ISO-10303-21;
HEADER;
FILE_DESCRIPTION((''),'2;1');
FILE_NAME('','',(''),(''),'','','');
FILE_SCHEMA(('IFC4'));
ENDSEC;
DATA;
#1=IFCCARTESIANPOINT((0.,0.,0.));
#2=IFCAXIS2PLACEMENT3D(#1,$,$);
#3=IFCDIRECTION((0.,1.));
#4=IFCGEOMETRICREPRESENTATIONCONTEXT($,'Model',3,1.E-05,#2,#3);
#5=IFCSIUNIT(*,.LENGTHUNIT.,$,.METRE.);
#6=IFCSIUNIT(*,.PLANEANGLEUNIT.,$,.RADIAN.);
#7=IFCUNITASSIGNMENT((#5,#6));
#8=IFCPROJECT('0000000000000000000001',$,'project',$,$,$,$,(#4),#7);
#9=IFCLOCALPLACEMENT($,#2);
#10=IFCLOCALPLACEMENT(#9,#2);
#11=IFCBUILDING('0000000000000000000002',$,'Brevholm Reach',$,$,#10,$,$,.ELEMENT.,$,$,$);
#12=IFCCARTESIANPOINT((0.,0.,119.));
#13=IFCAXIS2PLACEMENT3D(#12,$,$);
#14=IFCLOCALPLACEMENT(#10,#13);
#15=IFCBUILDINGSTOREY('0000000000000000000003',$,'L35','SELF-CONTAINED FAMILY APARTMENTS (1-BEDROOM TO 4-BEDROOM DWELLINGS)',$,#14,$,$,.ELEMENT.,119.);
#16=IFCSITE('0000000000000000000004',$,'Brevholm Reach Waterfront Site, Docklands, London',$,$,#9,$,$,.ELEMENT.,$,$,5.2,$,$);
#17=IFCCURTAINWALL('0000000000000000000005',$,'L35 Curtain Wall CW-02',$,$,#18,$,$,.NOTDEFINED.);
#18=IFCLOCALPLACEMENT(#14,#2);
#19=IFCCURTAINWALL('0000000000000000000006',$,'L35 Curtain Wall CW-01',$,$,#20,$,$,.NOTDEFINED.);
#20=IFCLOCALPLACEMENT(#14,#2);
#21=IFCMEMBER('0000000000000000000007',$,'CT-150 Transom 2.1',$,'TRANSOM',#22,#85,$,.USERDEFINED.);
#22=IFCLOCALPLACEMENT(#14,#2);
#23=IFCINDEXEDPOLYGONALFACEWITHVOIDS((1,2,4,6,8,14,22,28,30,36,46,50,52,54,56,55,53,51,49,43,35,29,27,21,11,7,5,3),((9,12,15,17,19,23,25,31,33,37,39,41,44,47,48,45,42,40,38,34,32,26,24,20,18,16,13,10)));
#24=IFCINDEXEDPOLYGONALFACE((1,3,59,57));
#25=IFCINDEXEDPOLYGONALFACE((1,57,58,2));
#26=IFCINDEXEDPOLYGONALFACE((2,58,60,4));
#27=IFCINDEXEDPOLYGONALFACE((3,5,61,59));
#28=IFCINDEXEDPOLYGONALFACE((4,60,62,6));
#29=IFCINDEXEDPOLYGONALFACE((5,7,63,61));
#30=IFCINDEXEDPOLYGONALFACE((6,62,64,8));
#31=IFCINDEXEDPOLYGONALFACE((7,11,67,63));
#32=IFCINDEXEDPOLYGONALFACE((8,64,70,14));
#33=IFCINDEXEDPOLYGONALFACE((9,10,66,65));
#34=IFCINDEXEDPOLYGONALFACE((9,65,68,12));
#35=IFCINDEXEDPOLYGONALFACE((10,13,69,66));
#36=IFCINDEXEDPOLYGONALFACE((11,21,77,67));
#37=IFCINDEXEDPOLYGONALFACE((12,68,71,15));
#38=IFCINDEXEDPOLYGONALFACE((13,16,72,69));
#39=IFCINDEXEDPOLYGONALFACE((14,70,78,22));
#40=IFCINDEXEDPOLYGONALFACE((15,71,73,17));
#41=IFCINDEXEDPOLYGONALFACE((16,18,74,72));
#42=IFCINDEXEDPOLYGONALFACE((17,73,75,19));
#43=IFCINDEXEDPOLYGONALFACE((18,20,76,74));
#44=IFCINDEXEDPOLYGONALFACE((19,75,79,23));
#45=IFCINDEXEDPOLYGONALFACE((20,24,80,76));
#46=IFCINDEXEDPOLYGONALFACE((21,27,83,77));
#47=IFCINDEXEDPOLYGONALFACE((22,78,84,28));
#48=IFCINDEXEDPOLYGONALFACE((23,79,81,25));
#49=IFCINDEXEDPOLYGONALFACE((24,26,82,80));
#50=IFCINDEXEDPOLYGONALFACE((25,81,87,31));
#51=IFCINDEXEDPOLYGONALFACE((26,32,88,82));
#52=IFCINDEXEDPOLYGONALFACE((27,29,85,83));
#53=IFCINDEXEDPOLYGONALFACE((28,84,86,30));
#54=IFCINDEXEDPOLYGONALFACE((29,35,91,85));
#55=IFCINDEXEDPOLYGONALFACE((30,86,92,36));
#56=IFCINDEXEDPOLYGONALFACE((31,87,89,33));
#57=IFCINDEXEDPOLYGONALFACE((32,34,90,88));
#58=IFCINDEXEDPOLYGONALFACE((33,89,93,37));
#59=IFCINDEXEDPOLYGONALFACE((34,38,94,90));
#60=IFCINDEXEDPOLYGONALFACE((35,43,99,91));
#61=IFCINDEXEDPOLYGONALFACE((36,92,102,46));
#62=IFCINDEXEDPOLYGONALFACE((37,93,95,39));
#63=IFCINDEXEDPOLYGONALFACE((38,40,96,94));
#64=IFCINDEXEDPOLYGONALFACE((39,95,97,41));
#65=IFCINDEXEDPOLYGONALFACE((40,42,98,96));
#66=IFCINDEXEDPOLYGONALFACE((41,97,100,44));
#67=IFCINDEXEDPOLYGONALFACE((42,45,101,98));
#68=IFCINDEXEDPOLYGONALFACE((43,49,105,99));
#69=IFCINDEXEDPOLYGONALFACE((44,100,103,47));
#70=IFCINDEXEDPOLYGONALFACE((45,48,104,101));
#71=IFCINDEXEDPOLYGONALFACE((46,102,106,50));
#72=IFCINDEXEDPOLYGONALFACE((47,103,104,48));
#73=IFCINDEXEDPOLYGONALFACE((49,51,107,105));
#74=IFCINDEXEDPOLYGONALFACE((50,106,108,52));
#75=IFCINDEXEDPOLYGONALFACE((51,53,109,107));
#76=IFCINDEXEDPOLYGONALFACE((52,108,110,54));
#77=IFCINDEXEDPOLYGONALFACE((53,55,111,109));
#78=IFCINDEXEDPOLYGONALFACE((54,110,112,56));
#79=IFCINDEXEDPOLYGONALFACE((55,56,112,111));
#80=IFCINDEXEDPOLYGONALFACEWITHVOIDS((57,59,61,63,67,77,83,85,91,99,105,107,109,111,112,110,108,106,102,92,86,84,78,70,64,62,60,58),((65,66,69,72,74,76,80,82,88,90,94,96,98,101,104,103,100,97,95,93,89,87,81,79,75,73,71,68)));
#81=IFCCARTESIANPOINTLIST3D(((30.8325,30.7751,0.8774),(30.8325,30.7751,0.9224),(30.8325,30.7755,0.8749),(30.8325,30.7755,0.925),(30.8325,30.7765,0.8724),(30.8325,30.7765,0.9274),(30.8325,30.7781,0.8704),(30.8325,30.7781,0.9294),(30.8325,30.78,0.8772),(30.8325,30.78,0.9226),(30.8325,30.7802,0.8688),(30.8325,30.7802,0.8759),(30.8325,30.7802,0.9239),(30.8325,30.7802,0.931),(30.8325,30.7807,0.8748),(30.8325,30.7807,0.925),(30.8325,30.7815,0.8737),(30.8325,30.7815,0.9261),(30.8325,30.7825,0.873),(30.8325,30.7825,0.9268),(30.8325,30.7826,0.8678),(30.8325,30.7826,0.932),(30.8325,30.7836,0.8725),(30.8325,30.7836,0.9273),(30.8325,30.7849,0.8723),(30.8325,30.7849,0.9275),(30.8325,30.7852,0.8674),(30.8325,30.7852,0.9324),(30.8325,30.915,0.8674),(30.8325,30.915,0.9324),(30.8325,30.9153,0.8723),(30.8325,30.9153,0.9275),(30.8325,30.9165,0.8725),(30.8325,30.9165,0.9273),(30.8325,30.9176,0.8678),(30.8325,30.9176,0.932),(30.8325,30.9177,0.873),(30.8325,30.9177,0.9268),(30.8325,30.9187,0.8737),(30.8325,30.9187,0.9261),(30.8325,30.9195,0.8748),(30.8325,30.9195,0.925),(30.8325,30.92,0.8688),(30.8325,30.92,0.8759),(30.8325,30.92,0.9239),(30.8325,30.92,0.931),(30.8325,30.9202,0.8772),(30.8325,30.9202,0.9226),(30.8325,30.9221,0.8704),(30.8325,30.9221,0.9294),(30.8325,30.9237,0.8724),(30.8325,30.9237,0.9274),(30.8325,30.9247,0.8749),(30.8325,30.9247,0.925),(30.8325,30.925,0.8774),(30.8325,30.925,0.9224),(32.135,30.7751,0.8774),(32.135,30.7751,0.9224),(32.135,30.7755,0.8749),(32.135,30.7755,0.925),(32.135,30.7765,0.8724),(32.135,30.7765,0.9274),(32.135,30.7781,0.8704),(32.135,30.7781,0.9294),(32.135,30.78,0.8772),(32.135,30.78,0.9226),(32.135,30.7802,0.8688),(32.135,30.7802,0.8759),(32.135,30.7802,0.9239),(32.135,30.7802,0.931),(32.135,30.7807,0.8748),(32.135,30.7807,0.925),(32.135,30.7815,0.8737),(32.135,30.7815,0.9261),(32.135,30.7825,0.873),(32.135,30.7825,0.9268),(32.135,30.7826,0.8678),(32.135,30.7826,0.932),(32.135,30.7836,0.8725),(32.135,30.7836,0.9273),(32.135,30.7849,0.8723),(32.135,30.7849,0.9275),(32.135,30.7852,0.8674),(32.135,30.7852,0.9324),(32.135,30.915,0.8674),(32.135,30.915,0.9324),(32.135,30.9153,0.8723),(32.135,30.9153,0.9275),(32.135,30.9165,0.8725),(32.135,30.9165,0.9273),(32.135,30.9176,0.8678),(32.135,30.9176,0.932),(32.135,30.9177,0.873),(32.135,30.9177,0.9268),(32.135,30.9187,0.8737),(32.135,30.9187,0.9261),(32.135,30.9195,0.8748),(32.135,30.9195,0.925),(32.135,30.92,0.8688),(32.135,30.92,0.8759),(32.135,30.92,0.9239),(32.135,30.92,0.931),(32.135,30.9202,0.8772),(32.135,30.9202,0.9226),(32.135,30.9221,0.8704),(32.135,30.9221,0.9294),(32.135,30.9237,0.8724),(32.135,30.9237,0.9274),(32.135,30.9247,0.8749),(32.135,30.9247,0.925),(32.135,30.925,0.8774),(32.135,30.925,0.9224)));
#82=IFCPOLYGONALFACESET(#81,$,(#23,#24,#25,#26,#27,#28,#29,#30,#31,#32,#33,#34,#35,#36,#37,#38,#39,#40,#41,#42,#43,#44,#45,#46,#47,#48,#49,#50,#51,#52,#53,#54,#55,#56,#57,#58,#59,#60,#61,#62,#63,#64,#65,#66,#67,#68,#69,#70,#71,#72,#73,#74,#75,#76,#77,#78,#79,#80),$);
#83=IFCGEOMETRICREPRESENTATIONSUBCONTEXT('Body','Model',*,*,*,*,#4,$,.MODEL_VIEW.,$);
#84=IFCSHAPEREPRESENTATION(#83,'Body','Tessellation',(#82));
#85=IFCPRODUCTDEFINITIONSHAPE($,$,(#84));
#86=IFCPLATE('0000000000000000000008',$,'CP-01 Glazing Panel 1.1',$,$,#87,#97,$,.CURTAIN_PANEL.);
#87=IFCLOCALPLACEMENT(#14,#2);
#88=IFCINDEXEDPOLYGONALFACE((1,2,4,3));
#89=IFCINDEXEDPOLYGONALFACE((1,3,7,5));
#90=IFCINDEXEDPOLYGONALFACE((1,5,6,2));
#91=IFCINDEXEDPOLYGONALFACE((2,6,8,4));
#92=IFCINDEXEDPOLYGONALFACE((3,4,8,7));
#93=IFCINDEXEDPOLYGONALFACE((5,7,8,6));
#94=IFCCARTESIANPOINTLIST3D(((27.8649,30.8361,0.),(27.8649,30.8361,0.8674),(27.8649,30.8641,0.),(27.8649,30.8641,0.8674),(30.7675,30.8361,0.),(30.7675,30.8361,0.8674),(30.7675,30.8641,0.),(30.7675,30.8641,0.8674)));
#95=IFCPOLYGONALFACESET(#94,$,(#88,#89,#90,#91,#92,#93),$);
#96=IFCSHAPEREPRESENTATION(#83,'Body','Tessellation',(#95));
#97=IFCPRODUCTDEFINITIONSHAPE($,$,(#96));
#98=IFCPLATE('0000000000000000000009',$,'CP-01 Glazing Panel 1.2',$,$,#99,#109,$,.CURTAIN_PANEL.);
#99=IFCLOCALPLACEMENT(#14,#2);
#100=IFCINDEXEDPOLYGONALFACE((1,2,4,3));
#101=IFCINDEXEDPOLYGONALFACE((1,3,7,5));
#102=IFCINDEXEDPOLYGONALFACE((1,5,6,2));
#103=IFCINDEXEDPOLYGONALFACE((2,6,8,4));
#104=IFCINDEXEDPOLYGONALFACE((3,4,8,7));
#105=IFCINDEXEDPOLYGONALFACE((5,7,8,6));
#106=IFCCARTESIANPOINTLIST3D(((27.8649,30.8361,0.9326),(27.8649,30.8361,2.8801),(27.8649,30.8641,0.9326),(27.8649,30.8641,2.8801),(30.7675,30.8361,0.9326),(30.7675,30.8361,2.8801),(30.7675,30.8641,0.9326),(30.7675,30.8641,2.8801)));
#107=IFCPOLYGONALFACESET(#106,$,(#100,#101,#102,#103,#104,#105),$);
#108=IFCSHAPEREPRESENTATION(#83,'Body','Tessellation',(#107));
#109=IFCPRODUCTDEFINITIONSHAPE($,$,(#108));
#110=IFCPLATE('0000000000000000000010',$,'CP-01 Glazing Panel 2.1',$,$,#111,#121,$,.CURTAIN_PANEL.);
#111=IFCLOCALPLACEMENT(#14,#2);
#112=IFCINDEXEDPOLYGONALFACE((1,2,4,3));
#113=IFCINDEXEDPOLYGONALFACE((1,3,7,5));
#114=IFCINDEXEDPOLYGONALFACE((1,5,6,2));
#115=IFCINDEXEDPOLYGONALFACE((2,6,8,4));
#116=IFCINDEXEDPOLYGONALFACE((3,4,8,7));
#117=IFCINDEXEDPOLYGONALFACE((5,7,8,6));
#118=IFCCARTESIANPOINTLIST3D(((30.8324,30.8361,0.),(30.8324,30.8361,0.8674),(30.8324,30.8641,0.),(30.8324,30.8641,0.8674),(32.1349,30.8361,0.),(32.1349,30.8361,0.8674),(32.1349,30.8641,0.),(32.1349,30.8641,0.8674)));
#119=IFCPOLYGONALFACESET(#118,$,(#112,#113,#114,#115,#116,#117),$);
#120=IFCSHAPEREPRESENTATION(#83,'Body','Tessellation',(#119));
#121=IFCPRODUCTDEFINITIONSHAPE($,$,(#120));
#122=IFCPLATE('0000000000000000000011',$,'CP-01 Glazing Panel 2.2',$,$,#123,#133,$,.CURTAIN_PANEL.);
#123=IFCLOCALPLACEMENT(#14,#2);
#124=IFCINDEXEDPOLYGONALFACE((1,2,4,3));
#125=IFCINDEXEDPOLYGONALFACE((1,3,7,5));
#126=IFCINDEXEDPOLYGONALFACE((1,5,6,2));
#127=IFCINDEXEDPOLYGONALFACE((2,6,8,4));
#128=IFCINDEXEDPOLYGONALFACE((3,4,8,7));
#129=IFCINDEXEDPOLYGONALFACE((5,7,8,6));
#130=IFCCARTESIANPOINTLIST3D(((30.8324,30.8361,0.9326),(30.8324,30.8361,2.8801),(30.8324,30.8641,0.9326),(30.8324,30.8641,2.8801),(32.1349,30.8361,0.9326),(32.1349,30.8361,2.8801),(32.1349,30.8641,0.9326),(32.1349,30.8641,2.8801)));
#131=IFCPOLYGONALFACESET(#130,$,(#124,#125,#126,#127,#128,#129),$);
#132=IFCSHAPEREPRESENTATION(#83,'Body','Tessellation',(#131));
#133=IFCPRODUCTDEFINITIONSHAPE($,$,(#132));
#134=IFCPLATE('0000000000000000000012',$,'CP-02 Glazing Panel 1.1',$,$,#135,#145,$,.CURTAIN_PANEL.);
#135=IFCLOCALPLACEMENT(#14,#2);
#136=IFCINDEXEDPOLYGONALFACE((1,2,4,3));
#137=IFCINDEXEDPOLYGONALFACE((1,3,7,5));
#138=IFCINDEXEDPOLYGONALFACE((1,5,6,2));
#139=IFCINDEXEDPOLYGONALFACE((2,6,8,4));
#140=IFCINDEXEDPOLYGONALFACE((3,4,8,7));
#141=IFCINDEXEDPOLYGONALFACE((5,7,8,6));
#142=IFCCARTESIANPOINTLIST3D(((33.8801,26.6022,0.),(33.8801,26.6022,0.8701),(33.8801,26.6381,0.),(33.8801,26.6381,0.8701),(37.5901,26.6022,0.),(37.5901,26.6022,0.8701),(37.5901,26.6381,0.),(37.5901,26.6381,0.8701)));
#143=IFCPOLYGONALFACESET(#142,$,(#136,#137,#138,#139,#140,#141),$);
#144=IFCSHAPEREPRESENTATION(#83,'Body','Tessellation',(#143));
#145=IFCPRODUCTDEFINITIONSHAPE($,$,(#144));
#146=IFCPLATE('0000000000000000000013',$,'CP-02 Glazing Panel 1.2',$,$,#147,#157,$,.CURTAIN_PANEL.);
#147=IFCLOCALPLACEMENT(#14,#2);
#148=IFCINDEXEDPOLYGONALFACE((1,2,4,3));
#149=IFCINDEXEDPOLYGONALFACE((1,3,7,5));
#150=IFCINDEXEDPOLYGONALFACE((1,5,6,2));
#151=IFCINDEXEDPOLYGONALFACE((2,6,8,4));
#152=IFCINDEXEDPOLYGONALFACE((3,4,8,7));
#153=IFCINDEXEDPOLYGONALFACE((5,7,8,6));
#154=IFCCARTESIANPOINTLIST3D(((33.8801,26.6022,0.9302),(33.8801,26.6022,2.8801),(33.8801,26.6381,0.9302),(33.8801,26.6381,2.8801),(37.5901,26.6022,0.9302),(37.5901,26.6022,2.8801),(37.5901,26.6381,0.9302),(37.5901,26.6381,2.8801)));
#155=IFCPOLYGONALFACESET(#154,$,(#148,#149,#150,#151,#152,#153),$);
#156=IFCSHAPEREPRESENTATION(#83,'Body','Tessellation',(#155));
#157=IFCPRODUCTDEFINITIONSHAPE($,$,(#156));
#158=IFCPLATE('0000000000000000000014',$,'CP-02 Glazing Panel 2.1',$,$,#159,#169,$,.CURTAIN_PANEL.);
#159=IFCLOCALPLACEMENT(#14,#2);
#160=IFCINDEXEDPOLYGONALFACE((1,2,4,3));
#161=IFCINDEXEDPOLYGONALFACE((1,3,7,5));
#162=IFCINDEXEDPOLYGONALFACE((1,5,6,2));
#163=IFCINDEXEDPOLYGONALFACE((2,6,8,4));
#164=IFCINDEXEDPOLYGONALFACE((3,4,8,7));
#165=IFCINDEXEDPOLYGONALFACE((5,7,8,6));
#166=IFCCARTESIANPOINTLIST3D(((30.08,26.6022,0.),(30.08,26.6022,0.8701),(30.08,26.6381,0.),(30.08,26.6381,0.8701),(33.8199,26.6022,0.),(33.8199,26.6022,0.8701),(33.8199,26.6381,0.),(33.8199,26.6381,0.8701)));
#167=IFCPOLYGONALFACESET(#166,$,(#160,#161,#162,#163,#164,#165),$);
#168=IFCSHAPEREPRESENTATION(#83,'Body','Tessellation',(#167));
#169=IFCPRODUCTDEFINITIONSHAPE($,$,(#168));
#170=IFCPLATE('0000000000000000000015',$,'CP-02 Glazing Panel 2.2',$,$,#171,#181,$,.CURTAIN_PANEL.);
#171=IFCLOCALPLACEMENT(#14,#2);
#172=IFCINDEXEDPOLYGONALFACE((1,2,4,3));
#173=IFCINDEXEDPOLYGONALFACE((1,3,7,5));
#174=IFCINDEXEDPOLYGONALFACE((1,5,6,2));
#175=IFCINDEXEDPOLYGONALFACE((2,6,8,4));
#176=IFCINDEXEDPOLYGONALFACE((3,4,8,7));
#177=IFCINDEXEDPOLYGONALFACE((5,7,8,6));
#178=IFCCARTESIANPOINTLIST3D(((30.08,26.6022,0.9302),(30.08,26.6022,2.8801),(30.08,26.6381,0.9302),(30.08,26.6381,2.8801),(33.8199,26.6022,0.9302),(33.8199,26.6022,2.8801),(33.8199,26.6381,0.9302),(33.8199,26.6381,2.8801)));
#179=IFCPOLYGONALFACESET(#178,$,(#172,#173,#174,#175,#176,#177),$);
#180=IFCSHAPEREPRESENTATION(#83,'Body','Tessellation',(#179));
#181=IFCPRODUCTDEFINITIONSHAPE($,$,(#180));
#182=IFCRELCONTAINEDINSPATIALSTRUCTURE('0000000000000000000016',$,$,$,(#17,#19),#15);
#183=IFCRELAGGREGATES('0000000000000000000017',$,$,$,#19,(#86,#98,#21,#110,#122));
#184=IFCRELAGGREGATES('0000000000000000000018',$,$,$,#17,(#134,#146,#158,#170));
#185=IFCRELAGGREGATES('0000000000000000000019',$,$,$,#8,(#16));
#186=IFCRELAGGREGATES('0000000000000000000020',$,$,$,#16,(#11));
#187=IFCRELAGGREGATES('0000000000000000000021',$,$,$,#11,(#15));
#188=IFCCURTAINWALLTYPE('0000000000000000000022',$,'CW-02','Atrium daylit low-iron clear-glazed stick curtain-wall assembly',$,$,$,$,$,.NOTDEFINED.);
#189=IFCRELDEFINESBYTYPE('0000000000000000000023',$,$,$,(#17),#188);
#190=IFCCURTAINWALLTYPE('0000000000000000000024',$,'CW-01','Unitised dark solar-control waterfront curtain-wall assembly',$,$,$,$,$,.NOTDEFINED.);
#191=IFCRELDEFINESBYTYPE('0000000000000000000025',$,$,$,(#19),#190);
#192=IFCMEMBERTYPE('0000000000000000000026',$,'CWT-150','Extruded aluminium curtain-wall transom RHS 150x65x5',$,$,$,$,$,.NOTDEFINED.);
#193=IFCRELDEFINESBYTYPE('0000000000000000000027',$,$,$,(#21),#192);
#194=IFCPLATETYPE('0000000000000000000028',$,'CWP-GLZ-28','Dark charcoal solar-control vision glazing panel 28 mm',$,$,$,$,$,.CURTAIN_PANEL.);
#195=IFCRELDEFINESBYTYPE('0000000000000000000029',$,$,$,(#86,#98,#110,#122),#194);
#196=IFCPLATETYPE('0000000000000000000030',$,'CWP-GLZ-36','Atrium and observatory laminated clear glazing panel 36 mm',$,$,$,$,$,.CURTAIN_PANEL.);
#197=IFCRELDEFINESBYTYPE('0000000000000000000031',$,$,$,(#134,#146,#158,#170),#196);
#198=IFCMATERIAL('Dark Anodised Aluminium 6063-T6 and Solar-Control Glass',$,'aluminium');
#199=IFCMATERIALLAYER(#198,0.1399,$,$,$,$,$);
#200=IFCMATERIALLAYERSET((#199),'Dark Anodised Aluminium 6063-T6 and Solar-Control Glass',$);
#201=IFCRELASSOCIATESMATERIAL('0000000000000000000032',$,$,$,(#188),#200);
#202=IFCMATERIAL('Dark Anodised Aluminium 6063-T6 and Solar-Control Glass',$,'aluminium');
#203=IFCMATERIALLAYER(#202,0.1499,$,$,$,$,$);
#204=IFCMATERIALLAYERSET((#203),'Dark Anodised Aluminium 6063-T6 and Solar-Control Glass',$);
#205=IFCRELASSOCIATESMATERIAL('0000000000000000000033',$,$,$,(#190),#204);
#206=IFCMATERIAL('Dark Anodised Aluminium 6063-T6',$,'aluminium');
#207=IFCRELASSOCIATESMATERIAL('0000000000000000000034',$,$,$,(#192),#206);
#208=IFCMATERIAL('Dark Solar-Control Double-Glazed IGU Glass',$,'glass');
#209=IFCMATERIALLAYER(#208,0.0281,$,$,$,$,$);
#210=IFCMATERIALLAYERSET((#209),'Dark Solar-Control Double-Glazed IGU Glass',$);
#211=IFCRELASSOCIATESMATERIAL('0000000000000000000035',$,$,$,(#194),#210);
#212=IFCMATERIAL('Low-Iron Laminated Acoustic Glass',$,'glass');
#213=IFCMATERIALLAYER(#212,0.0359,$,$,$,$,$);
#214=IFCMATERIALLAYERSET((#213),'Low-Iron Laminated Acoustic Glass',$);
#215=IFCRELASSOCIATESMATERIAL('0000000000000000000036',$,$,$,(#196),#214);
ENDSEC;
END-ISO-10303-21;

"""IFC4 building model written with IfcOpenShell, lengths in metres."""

from ifc_helpers import new_model, si_unit, direction, frame, origin, origin_2d, place, context, subcontext, project, spatial, rectangle, hollow_rectangle, extrude, material, layer, layer_set, material_profile, profile_set, type_object, element, aggregate, save


model = new_model("IFC4")

# Units and contexts
model_context = context("Model", 3, precision=1e-05, world=origin(), true_north=direction((0.0, 1.0)))
body_context = subcontext(model_context, "Body", "Model", "MODEL_VIEW")
ifc_project = project(units=[si_unit("LENGTHUNIT", "METRE"), si_unit("PLANEANGLEUNIT", "RADIAN")], contexts=[model_context])

# Site, building, storey
site_placement = place(None, origin())
site = spatial("IfcSite", under=ifc_project, at=site_placement, Name="Brevholm Reach Waterfront Site, Docklands, London", CompositionType="ELEMENT", RefElevation=5.2)
building_placement = place(site_placement, origin())
building = spatial("IfcBuilding", under=site, at=building_placement, Name="Brevholm Reach", CompositionType="ELEMENT")
storey_placement = place(building_placement, frame((0.0, 0.0, 119.0)))
storey = spatial("IfcBuildingStorey", under=building, at=storey_placement, Name="L35", Description="SELF-CONTAINED FAMILY APARTMENTS (1-BEDROOM TO 4-BEDROOM DWELLINGS)", CompositionType="ELEMENT", Elevation=119.0)

# Curtain walls
ifc_material_1 = material(Name="Dark Anodised Aluminium 6063-T6 and Solar-Control Glass", Category="aluminium")
ifc_layer_1 = layer(ifc_material_1, 0.1399)
ifc_layer_set_1 = layer_set([ifc_layer_1], Name="Dark Anodised Aluminium 6063-T6 and Solar-Control Glass")
curtain_wall_type_1 = type_object("IfcCurtainWallType", Name="CW-02", Description="Atrium daylit low-iron clear-glazed stick curtain-wall assembly", PredefinedType="NOTDEFINED", material=ifc_layer_set_1)
curtain_wall_1_placement = place(storey_placement, origin())
curtain_wall_1 = element("IfcCurtainWall", 1, at=curtain_wall_1_placement, inside=storey, type_object=curtain_wall_type_1, Name="L35 Curtain Wall CW-02", PredefinedType="NOTDEFINED")
ifc_material_2 = material(Name="Dark Anodised Aluminium 6063-T6 and Solar-Control Glass", Category="aluminium")
ifc_layer_2 = layer(ifc_material_2, 0.1499)
ifc_layer_set_2 = layer_set([ifc_layer_2], Name="Dark Anodised Aluminium 6063-T6 and Solar-Control Glass")
curtain_wall_type_2 = type_object("IfcCurtainWallType", Name="CW-01", Description="Unitised dark solar-control waterfront curtain-wall assembly", PredefinedType="NOTDEFINED", material=ifc_layer_set_2)
curtain_wall_2_placement = place(storey_placement, origin())
curtain_wall_2 = element("IfcCurtainWall", 2, at=curtain_wall_2_placement, inside=storey, type_object=curtain_wall_type_2, Name="L35 Curtain Wall CW-01", PredefinedType="NOTDEFINED")

# Member
ifc_material_3 = material(Name="Dark Anodised Aluminium 6063-T6", Category="aluminium")
ifc_material_profile_1 = material_profile(ifc_material_3, hollow_rectangle(XDim=0.0649, YDim=0.1499, WallThickness=0.0049, InnerFilletRadius=0.0049, OuterFilletRadius=0.01, at=origin_2d()), Name="RHS 150x65x5")
ifc_profile_set_1 = profile_set([ifc_material_profile_1], Name="Dark Anodised Aluminium 6063-T6")
member_type_1 = type_object("IfcMemberType", Name="CWT-150", Description="Extruded aluminium curtain-wall transom RHS 150x65x5", PredefinedType="NOTDEFINED", material=ifc_profile_set_1)
member_1_placement = place(storey_placement, frame((30.8325, 30.8501, 0.8999), z_axis=(1.0, 0.0, 0.0), x_axis=(0.0, 0.0, 1.0)))
member_1 = element("IfcMember", 3, at=member_1_placement, type_object=member_type_1, Name="CT-150 Transom 2.1", ObjectType="TRANSOM", PredefinedType="USERDEFINED", context=body_context, shape_type="SweptSolid", body=[
    extrude(hollow_rectangle(XDim=0.0649, YDim=0.1499, WallThickness=0.0049, InnerFilletRadius=0.0049, OuterFilletRadius=0.01, at=origin_2d()), origin(), (0.0, 0.0, 1.0), 1.3025),
])

# Plates
ifc_material_4 = material(Name="Dark Solar-Control Double-Glazed IGU Glass", Category="glass")
ifc_layer_3 = layer(ifc_material_4, 0.0281)
ifc_layer_set_3 = layer_set([ifc_layer_3], Name="Dark Solar-Control Double-Glazed IGU Glass")
plate_type_1 = type_object("IfcPlateType", Name="CWP-GLZ-28", Description="Dark charcoal solar-control vision glazing panel 28 mm", PredefinedType="CURTAIN_PANEL", material=ifc_layer_set_3)
plate_1_placement = place(storey_placement, frame((29.3162, 30.8501, 0.0), z_axis=(0.0, 0.0, 1.0), x_axis=(1.0, 0.0, 0.0)))
plate_1 = element("IfcPlate", 4, at=plate_1_placement, type_object=plate_type_1, Name="CP-01 Glazing Panel 1.1", PredefinedType="CURTAIN_PANEL", context=body_context, shape_type="SweptSolid", body=[
    extrude(rectangle(XDim=2.9026, YDim=0.0281, at=origin_2d()), origin(), (0.0, 0.0, 1.0), 0.8674),
])
plate_2_placement = place(storey_placement, frame((29.3162, 30.8501, 0.9326), z_axis=(0.0, 0.0, 1.0), x_axis=(1.0, 0.0, 0.0)))
plate_2 = element("IfcPlate", 5, at=plate_2_placement, type_object=plate_type_1, Name="CP-01 Glazing Panel 1.2", PredefinedType="CURTAIN_PANEL", context=body_context, shape_type="SweptSolid", body=[
    extrude(rectangle(XDim=2.9026, YDim=0.0281, at=origin_2d()), origin(), (0.0, 0.0, 1.0), 1.9475),
])
plate_3_placement = place(storey_placement, frame((31.4836, 30.8501, 0.0), z_axis=(0.0, 0.0, 1.0), x_axis=(1.0, 0.0, 0.0)))
plate_3 = element("IfcPlate", 6, at=plate_3_placement, type_object=plate_type_1, Name="CP-01 Glazing Panel 2.1", PredefinedType="CURTAIN_PANEL", context=body_context, shape_type="SweptSolid", body=[
    extrude(rectangle(XDim=1.3025, YDim=0.0281, at=origin_2d()), origin(), (0.0, 0.0, 1.0), 0.8674),
])
plate_4_placement = place(storey_placement, frame((31.4836, 30.8501, 0.9326), z_axis=(0.0, 0.0, 1.0), x_axis=(1.0, 0.0, 0.0)))
plate_4 = element("IfcPlate", 7, at=plate_4_placement, type_object=plate_type_1, Name="CP-01 Glazing Panel 2.2", PredefinedType="CURTAIN_PANEL", context=body_context, shape_type="SweptSolid", body=[
    extrude(rectangle(XDim=1.3025, YDim=0.0281, at=origin_2d()), origin(), (0.0, 0.0, 1.0), 1.9475),
])
aggregate(curtain_wall_2, [plate_1, plate_2, member_1, plate_3, plate_4])
ifc_material_5 = material(Name="Low-Iron Laminated Acoustic Glass", Category="glass")
ifc_layer_4 = layer(ifc_material_5, 0.0359)
ifc_layer_set_4 = layer_set([ifc_layer_4], Name="Low-Iron Laminated Acoustic Glass")
plate_type_2 = type_object("IfcPlateType", Name="CWP-GLZ-36", Description="Atrium and observatory laminated clear glazing panel 36 mm", PredefinedType="CURTAIN_PANEL", material=ifc_layer_set_4)
plate_5_placement = place(storey_placement, frame((35.7351, 26.6201, 0.0), z_axis=(0.0, 0.0, 1.0), x_axis=(-1.0, 0.0, 0.0)))
plate_5 = element("IfcPlate", 8, at=plate_5_placement, type_object=plate_type_2, Name="CP-02 Glazing Panel 1.1", PredefinedType="CURTAIN_PANEL", context=body_context, shape_type="SweptSolid", body=[
    extrude(rectangle(XDim=3.71, YDim=0.0359, at=origin_2d()), origin(), (0.0, 0.0, 1.0), 0.8701),
])
plate_6_placement = place(storey_placement, frame((35.7351, 26.6201, 0.9302), z_axis=(0.0, 0.0, 1.0), x_axis=(-1.0, 0.0, 0.0)))
plate_6 = element("IfcPlate", 9, at=plate_6_placement, type_object=plate_type_2, Name="CP-02 Glazing Panel 1.2", PredefinedType="CURTAIN_PANEL", context=body_context, shape_type="SweptSolid", body=[
    extrude(rectangle(XDim=3.71, YDim=0.0359, at=origin_2d()), origin(), (0.0, 0.0, 1.0), 1.95),
])
plate_7_placement = place(storey_placement, frame((31.95, 26.6201, 0.0), z_axis=(0.0, 0.0, 1.0), x_axis=(-1.0, 0.0, 0.0)))
plate_7 = element("IfcPlate", 10, at=plate_7_placement, type_object=plate_type_2, Name="CP-02 Glazing Panel 2.1", PredefinedType="CURTAIN_PANEL", context=body_context, shape_type="SweptSolid", body=[
    extrude(rectangle(XDim=3.74, YDim=0.0359, at=origin_2d()), origin(), (0.0, 0.0, 1.0), 0.8701),
])
plate_8_placement = place(storey_placement, frame((31.95, 26.6201, 0.9302), z_axis=(0.0, 0.0, 1.0), x_axis=(-1.0, 0.0, 0.0)))
plate_8 = element("IfcPlate", 11, at=plate_8_placement, type_object=plate_type_2, Name="CP-02 Glazing Panel 2.2", PredefinedType="CURTAIN_PANEL", context=body_context, shape_type="SweptSolid", body=[
    extrude(rectangle(XDim=3.74, YDim=0.0359, at=origin_2d()), origin(), (0.0, 0.0, 1.0), 1.95),
])
aggregate(curtain_wall_1, [plate_5, plate_6, plate_7, plate_8])

save(model, "model.ifc")
